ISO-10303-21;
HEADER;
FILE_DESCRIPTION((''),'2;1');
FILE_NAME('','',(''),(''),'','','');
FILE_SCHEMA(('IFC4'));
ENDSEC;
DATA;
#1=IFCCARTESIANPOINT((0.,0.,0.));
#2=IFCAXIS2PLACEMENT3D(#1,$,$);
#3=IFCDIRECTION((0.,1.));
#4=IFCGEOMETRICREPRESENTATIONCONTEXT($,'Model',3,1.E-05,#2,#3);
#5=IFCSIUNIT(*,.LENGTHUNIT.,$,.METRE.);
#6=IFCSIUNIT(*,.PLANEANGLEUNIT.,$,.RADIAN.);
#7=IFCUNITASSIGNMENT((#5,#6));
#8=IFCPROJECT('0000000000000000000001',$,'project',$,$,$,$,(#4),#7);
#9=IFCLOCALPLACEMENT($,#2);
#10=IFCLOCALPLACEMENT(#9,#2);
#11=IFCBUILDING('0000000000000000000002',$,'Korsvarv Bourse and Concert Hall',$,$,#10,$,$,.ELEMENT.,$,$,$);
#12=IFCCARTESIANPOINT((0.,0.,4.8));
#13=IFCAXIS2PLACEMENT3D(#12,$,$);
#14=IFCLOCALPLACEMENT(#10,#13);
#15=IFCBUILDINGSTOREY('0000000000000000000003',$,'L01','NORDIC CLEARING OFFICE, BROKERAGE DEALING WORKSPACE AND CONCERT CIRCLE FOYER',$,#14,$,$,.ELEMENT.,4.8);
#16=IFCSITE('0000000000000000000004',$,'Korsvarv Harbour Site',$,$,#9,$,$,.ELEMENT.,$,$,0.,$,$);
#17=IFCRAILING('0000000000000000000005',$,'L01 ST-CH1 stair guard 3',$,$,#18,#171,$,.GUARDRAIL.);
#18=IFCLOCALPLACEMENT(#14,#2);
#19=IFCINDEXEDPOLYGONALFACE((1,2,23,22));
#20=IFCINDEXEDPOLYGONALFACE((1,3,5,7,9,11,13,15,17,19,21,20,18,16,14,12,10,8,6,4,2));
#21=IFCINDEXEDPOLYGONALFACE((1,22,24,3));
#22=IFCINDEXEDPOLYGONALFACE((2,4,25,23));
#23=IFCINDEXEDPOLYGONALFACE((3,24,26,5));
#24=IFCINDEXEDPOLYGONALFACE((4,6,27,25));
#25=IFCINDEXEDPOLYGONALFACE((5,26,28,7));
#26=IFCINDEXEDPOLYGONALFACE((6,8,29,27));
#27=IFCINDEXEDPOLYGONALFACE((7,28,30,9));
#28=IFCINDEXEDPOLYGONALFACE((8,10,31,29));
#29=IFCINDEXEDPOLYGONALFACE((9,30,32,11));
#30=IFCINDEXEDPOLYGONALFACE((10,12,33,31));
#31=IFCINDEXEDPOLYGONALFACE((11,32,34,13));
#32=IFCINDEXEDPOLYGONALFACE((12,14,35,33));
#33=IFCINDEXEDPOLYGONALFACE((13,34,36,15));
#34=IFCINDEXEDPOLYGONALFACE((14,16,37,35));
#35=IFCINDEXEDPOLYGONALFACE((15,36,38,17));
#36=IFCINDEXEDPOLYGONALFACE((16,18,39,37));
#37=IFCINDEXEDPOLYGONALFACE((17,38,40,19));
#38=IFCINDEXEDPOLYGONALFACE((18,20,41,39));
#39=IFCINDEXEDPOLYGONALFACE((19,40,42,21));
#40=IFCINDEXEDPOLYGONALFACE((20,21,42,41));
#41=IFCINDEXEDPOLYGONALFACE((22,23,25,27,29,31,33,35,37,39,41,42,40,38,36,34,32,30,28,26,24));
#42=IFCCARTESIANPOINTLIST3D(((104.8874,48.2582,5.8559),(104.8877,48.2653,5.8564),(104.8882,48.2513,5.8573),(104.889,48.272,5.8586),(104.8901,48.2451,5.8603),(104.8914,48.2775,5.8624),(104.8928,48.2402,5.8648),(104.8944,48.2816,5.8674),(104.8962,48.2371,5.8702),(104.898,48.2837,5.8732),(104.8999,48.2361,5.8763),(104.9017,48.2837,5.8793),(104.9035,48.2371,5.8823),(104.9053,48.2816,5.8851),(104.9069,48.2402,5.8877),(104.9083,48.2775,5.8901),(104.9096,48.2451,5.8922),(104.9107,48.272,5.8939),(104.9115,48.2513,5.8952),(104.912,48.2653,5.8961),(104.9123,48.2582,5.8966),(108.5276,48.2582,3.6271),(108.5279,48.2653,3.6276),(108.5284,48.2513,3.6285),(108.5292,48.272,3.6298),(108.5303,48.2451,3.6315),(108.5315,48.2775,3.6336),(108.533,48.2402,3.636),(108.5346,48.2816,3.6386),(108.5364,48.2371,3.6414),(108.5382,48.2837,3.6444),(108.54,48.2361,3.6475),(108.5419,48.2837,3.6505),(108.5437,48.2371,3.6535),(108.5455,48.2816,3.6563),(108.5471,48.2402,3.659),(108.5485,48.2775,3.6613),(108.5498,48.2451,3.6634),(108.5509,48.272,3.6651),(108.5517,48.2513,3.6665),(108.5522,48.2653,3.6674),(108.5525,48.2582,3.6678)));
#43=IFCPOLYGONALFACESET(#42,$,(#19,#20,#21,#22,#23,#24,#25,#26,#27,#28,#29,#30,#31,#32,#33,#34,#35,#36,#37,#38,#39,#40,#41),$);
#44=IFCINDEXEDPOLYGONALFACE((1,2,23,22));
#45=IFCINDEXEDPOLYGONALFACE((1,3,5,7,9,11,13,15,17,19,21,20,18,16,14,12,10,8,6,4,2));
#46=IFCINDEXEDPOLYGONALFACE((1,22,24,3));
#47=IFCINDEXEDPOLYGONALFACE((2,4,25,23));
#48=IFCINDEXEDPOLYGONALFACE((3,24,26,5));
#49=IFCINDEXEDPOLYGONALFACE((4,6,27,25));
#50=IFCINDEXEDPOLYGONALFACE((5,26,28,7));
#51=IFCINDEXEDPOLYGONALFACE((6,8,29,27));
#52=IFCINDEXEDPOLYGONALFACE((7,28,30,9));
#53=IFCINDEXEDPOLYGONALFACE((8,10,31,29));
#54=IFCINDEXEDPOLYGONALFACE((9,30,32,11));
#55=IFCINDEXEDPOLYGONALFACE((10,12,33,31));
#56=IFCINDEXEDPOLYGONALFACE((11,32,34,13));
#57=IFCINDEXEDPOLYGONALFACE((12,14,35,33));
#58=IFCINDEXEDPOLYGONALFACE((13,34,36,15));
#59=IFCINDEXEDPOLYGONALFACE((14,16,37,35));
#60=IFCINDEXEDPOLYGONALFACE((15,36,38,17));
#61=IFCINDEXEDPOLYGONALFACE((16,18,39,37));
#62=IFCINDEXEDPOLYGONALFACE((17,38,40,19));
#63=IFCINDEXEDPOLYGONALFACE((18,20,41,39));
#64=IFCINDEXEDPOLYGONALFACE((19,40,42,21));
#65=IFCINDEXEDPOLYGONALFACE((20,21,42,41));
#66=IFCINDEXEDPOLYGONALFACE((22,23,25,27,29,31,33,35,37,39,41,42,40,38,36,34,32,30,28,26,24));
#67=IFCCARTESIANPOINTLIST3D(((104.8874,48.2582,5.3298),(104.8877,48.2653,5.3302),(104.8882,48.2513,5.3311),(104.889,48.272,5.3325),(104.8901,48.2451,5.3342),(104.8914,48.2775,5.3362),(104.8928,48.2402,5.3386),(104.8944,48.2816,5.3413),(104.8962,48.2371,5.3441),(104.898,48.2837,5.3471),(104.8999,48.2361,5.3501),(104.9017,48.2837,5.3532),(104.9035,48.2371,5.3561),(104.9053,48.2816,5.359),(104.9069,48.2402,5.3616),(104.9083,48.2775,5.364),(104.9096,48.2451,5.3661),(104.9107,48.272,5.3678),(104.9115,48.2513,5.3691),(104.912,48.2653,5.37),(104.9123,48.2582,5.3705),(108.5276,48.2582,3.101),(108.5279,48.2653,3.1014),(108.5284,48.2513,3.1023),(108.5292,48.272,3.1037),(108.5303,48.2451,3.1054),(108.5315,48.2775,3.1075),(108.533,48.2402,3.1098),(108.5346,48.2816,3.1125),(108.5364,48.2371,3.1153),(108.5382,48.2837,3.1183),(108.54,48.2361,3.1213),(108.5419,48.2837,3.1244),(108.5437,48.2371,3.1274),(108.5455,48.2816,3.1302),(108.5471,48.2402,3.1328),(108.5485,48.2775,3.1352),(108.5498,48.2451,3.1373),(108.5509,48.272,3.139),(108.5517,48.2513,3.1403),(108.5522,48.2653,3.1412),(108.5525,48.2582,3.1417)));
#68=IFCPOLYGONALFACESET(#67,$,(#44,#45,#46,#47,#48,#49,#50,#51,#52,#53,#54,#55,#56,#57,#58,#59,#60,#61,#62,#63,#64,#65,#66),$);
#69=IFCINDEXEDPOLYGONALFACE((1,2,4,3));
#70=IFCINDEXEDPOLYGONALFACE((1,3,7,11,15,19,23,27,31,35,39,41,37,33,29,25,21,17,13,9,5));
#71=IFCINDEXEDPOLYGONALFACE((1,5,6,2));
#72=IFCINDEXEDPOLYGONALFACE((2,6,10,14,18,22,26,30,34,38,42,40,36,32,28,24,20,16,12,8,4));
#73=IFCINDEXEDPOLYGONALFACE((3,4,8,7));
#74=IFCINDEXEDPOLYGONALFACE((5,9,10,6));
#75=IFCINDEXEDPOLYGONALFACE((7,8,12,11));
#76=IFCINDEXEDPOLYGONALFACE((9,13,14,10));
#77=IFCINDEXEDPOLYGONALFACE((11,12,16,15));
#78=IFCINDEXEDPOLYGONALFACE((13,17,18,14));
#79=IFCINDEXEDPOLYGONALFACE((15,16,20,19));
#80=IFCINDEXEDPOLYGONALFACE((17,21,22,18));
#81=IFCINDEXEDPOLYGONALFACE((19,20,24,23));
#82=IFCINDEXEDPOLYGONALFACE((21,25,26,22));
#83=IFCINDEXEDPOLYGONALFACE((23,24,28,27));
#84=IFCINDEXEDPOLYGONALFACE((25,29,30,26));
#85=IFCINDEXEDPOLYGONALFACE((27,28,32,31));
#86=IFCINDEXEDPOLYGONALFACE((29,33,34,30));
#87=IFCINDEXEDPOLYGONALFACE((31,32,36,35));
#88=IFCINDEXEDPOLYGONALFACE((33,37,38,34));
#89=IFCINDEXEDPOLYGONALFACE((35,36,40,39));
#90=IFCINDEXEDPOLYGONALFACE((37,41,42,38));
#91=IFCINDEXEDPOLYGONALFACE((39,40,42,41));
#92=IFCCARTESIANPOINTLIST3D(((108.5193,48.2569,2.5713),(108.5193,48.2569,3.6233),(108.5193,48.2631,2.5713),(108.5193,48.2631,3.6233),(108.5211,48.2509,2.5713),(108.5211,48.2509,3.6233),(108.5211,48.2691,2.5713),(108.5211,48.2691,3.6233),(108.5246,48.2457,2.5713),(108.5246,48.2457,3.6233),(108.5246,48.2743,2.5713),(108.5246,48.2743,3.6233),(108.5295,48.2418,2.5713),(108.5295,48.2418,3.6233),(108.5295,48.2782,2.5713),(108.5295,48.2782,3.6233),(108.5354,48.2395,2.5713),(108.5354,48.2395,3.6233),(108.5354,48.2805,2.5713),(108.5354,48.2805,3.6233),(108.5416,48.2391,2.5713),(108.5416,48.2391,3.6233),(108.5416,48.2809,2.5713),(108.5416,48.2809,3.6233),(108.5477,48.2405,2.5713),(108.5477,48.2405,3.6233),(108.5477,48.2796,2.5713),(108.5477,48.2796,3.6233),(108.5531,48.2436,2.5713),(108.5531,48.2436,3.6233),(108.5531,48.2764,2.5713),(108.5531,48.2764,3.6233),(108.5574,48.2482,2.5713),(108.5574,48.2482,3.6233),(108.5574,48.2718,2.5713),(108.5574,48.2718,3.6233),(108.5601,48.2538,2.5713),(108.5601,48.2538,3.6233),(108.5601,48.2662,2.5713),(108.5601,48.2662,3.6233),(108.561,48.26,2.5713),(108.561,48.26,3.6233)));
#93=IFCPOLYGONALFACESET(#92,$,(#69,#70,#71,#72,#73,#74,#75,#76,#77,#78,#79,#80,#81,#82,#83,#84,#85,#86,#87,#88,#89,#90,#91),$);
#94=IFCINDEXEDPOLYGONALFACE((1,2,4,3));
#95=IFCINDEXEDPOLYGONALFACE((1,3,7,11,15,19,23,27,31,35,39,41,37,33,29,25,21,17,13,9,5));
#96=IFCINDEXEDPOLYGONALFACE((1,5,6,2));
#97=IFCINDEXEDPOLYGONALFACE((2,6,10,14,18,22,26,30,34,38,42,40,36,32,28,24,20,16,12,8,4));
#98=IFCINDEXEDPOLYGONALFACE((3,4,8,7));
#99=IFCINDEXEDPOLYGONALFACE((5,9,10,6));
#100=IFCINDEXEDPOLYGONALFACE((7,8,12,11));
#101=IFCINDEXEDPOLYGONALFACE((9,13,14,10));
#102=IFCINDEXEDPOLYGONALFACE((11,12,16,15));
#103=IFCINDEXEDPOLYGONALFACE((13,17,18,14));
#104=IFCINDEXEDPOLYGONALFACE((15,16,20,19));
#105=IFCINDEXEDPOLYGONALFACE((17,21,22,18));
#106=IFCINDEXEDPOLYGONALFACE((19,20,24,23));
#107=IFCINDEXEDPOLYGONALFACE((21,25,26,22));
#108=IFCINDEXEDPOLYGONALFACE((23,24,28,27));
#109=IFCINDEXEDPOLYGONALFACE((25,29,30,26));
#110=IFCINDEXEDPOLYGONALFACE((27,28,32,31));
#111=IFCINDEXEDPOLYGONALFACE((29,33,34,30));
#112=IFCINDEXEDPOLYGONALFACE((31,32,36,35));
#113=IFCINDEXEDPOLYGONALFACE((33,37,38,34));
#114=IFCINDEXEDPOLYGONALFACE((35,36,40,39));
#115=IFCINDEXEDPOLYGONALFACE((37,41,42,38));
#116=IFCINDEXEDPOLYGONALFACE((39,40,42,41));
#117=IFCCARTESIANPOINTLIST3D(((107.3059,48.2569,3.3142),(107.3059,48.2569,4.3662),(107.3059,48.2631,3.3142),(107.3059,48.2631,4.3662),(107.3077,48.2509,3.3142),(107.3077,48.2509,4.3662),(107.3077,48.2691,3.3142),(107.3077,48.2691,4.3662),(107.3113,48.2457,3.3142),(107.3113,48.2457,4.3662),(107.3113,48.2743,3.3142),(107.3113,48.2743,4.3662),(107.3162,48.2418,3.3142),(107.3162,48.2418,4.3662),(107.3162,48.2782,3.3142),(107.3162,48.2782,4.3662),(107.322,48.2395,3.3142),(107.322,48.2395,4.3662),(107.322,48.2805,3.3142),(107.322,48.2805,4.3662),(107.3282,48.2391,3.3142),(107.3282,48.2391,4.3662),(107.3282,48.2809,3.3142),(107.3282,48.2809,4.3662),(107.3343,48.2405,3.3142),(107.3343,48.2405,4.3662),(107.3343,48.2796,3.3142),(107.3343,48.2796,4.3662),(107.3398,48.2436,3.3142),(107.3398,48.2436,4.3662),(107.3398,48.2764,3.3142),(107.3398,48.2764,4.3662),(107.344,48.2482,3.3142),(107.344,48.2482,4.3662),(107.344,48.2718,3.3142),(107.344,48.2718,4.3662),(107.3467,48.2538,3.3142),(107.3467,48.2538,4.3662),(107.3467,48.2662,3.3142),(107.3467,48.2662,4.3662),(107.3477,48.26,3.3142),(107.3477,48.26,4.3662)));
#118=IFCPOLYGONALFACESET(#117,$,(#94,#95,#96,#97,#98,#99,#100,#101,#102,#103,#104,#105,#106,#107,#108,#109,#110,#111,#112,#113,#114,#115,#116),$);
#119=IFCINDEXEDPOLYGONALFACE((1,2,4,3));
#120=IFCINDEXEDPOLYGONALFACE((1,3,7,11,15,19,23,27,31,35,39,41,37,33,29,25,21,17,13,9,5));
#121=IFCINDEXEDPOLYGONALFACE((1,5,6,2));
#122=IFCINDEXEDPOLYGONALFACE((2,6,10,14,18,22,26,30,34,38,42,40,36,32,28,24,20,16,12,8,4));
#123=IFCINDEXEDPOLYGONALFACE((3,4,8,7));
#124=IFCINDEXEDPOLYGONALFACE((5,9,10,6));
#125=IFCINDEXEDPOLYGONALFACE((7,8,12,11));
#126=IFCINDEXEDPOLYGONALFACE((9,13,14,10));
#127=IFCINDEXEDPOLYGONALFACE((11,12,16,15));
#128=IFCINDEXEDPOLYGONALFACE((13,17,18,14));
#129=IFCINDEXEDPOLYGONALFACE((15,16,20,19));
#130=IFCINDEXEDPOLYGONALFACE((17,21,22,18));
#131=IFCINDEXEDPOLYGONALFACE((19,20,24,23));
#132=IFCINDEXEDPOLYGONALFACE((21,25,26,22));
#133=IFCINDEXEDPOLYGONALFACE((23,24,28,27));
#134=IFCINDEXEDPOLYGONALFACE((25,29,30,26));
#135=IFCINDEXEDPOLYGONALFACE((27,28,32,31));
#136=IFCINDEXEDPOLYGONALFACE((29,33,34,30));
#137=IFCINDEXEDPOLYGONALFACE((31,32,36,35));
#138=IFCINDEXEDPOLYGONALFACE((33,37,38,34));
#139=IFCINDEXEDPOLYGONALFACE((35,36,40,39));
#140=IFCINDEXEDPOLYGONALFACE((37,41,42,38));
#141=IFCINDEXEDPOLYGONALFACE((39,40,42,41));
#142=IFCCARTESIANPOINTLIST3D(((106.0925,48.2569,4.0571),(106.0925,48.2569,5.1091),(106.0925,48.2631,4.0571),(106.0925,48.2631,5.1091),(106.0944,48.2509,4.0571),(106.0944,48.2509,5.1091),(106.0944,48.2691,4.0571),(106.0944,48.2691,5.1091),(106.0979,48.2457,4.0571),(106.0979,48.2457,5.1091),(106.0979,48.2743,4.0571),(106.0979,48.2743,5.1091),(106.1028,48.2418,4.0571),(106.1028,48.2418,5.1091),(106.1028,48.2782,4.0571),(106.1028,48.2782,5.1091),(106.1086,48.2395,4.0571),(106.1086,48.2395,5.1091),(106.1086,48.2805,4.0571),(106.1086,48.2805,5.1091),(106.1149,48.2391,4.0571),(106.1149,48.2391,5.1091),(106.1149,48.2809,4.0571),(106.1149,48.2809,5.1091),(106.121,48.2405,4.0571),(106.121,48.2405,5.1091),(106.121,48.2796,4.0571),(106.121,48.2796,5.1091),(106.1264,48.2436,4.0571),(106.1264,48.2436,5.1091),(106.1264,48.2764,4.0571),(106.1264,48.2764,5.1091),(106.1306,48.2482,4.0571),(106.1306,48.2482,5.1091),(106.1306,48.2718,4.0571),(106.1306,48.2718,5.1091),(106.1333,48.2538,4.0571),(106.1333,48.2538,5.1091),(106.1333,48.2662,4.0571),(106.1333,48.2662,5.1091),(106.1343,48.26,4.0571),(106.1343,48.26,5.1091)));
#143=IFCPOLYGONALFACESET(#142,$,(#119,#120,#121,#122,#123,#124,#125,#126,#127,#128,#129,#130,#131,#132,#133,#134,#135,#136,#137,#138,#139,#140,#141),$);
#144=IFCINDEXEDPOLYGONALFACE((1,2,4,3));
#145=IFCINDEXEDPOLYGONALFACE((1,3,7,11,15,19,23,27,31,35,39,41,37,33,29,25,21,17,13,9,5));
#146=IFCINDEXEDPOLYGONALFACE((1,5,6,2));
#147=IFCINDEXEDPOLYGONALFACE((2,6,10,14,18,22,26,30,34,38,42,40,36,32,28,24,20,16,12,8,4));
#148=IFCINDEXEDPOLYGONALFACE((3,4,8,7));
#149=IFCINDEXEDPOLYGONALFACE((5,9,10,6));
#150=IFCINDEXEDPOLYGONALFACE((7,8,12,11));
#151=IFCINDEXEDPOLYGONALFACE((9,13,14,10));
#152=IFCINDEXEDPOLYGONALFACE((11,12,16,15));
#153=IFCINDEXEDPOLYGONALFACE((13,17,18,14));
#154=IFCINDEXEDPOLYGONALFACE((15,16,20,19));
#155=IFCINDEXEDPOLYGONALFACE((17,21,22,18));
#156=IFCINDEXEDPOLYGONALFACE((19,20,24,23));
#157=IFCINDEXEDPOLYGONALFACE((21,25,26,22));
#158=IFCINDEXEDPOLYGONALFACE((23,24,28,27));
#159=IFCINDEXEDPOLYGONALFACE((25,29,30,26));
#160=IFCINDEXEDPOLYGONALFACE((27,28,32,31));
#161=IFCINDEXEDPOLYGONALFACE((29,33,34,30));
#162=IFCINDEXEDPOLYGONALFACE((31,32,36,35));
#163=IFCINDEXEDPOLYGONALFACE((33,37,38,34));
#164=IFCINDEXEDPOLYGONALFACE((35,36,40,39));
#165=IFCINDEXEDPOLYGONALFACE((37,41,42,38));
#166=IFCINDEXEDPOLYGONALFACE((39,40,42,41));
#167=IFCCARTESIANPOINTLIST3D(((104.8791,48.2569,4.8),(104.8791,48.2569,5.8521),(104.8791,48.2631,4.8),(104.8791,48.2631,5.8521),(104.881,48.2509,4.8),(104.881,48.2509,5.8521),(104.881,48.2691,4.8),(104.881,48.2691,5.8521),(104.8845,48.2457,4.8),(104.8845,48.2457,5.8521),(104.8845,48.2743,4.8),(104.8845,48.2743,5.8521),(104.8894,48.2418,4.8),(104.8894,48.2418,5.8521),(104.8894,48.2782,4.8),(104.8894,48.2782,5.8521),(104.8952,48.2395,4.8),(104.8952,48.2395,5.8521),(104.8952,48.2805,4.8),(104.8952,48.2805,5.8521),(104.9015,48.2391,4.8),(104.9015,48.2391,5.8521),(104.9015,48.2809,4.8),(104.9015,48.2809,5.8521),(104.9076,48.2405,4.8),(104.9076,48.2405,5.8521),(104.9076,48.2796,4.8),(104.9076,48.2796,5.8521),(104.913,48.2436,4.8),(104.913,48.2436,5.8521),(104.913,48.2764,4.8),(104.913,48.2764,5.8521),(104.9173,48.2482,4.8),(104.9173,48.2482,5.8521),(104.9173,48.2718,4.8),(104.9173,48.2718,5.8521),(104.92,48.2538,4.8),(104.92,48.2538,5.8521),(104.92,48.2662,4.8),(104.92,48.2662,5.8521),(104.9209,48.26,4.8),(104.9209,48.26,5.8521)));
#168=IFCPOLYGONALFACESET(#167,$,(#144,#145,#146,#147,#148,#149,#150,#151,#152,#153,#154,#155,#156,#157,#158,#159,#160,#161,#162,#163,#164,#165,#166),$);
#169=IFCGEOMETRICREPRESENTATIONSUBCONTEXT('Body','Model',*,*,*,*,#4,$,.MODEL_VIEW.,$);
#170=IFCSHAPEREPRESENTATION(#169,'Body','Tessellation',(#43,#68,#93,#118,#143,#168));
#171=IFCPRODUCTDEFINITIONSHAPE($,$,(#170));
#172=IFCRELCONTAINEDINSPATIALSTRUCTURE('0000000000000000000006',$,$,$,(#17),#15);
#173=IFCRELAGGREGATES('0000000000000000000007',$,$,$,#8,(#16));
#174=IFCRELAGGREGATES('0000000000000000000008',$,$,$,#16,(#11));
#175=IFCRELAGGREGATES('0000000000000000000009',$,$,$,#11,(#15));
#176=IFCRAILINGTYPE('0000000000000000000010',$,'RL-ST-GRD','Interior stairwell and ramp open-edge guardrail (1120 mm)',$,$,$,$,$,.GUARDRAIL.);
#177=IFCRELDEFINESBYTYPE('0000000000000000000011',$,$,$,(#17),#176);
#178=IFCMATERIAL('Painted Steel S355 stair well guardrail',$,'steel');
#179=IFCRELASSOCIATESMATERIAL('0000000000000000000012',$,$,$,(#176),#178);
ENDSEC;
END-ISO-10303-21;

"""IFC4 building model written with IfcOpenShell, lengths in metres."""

from ifc_helpers import new_model, si_unit, direction, frame, origin, origin_2d, place, context, subcontext, project, spatial, circle, extrude, material, type_object, element, save


model = new_model("IFC4")

# Units and contexts
model_context = context("Model", 3, precision=1e-05, world=origin(), true_north=direction((0.0, 1.0)))
body_context = subcontext(model_context, "Body", "Model", "MODEL_VIEW")
ifc_project = project(units=[si_unit("LENGTHUNIT", "METRE"), si_unit("PLANEANGLEUNIT", "RADIAN")], contexts=[model_context])

# Site, building, storey
site_placement = place(None, origin())
site = spatial("IfcSite", under=ifc_project, at=site_placement, Name="Korsvarv Harbour Site", CompositionType="ELEMENT", RefElevation=0.0)
building_placement = place(site_placement, origin())
building = spatial("IfcBuilding", under=site, at=building_placement, Name="Korsvarv Bourse and Concert Hall", CompositionType="ELEMENT")
storey_placement = place(building_placement, frame((0.0, 0.0, 4.8)))
storey = spatial("IfcBuildingStorey", under=building, at=storey_placement, Name="L01", Description="NORDIC CLEARING OFFICE, BROKERAGE DEALING WORKSPACE AND CONCERT CIRCLE FOYER", CompositionType="ELEMENT", Elevation=4.8)

# Railing
ifc_material_1 = material(Name="Painted Steel S355 stair well guardrail", Category="steel")
railing_type_1 = type_object("IfcRailingType", Name="RL-ST-GRD", Description="Interior stairwell and ramp open-edge guardrail (1120 mm)", PredefinedType="GUARDRAIL", material=ifc_material_1)
railing_1_placement = place(storey_placement, frame((108.54, 48.26, 2.5713)))
element("IfcRailing", 1, at=railing_1_placement, inside=storey, type_object=railing_type_1, Name="L01 ST-CH1 stair guard 3", PredefinedType="GUARDRAIL", context=body_context, shape_type="SweptSolid", body=[
    extrude(circle(Radius=0.0239, at=origin_2d()), frame((0.0, 0.0, 1.0762), z_axis=(-0.85284, 0.0, 0.522172), x_axis=(0.0, -1.0, 0.0)), (0.0, 0.0, 1.0), 4.2683),
    extrude(circle(Radius=0.0239, at=origin_2d()), frame((0.0, 0.0, 0.55), z_axis=(-0.85284, 0.0, 0.522172), x_axis=(0.0, -1.0, 0.0)), (0.0, 0.0, 1.0), 4.2683),
    extrude(circle(Radius=0.021, at=origin_2d()), origin(), (0.0, 0.0, 1.0), 1.052),
    extrude(circle(Radius=0.021, at=origin_2d()), frame((-1.2134, 0.0, 0.7429)), (0.0, 0.0, 1.0), 1.052),
    extrude(circle(Radius=0.021, at=origin_2d()), frame((-2.4268, 0.0, 1.4858)), (0.0, 0.0, 1.0), 1.052),
    extrude(circle(Radius=0.021, at=origin_2d()), frame((-3.6401, 0.0, 2.2288)), (0.0, 0.0, 1.0), 1.052),
])

save(model, "model.ifc")
